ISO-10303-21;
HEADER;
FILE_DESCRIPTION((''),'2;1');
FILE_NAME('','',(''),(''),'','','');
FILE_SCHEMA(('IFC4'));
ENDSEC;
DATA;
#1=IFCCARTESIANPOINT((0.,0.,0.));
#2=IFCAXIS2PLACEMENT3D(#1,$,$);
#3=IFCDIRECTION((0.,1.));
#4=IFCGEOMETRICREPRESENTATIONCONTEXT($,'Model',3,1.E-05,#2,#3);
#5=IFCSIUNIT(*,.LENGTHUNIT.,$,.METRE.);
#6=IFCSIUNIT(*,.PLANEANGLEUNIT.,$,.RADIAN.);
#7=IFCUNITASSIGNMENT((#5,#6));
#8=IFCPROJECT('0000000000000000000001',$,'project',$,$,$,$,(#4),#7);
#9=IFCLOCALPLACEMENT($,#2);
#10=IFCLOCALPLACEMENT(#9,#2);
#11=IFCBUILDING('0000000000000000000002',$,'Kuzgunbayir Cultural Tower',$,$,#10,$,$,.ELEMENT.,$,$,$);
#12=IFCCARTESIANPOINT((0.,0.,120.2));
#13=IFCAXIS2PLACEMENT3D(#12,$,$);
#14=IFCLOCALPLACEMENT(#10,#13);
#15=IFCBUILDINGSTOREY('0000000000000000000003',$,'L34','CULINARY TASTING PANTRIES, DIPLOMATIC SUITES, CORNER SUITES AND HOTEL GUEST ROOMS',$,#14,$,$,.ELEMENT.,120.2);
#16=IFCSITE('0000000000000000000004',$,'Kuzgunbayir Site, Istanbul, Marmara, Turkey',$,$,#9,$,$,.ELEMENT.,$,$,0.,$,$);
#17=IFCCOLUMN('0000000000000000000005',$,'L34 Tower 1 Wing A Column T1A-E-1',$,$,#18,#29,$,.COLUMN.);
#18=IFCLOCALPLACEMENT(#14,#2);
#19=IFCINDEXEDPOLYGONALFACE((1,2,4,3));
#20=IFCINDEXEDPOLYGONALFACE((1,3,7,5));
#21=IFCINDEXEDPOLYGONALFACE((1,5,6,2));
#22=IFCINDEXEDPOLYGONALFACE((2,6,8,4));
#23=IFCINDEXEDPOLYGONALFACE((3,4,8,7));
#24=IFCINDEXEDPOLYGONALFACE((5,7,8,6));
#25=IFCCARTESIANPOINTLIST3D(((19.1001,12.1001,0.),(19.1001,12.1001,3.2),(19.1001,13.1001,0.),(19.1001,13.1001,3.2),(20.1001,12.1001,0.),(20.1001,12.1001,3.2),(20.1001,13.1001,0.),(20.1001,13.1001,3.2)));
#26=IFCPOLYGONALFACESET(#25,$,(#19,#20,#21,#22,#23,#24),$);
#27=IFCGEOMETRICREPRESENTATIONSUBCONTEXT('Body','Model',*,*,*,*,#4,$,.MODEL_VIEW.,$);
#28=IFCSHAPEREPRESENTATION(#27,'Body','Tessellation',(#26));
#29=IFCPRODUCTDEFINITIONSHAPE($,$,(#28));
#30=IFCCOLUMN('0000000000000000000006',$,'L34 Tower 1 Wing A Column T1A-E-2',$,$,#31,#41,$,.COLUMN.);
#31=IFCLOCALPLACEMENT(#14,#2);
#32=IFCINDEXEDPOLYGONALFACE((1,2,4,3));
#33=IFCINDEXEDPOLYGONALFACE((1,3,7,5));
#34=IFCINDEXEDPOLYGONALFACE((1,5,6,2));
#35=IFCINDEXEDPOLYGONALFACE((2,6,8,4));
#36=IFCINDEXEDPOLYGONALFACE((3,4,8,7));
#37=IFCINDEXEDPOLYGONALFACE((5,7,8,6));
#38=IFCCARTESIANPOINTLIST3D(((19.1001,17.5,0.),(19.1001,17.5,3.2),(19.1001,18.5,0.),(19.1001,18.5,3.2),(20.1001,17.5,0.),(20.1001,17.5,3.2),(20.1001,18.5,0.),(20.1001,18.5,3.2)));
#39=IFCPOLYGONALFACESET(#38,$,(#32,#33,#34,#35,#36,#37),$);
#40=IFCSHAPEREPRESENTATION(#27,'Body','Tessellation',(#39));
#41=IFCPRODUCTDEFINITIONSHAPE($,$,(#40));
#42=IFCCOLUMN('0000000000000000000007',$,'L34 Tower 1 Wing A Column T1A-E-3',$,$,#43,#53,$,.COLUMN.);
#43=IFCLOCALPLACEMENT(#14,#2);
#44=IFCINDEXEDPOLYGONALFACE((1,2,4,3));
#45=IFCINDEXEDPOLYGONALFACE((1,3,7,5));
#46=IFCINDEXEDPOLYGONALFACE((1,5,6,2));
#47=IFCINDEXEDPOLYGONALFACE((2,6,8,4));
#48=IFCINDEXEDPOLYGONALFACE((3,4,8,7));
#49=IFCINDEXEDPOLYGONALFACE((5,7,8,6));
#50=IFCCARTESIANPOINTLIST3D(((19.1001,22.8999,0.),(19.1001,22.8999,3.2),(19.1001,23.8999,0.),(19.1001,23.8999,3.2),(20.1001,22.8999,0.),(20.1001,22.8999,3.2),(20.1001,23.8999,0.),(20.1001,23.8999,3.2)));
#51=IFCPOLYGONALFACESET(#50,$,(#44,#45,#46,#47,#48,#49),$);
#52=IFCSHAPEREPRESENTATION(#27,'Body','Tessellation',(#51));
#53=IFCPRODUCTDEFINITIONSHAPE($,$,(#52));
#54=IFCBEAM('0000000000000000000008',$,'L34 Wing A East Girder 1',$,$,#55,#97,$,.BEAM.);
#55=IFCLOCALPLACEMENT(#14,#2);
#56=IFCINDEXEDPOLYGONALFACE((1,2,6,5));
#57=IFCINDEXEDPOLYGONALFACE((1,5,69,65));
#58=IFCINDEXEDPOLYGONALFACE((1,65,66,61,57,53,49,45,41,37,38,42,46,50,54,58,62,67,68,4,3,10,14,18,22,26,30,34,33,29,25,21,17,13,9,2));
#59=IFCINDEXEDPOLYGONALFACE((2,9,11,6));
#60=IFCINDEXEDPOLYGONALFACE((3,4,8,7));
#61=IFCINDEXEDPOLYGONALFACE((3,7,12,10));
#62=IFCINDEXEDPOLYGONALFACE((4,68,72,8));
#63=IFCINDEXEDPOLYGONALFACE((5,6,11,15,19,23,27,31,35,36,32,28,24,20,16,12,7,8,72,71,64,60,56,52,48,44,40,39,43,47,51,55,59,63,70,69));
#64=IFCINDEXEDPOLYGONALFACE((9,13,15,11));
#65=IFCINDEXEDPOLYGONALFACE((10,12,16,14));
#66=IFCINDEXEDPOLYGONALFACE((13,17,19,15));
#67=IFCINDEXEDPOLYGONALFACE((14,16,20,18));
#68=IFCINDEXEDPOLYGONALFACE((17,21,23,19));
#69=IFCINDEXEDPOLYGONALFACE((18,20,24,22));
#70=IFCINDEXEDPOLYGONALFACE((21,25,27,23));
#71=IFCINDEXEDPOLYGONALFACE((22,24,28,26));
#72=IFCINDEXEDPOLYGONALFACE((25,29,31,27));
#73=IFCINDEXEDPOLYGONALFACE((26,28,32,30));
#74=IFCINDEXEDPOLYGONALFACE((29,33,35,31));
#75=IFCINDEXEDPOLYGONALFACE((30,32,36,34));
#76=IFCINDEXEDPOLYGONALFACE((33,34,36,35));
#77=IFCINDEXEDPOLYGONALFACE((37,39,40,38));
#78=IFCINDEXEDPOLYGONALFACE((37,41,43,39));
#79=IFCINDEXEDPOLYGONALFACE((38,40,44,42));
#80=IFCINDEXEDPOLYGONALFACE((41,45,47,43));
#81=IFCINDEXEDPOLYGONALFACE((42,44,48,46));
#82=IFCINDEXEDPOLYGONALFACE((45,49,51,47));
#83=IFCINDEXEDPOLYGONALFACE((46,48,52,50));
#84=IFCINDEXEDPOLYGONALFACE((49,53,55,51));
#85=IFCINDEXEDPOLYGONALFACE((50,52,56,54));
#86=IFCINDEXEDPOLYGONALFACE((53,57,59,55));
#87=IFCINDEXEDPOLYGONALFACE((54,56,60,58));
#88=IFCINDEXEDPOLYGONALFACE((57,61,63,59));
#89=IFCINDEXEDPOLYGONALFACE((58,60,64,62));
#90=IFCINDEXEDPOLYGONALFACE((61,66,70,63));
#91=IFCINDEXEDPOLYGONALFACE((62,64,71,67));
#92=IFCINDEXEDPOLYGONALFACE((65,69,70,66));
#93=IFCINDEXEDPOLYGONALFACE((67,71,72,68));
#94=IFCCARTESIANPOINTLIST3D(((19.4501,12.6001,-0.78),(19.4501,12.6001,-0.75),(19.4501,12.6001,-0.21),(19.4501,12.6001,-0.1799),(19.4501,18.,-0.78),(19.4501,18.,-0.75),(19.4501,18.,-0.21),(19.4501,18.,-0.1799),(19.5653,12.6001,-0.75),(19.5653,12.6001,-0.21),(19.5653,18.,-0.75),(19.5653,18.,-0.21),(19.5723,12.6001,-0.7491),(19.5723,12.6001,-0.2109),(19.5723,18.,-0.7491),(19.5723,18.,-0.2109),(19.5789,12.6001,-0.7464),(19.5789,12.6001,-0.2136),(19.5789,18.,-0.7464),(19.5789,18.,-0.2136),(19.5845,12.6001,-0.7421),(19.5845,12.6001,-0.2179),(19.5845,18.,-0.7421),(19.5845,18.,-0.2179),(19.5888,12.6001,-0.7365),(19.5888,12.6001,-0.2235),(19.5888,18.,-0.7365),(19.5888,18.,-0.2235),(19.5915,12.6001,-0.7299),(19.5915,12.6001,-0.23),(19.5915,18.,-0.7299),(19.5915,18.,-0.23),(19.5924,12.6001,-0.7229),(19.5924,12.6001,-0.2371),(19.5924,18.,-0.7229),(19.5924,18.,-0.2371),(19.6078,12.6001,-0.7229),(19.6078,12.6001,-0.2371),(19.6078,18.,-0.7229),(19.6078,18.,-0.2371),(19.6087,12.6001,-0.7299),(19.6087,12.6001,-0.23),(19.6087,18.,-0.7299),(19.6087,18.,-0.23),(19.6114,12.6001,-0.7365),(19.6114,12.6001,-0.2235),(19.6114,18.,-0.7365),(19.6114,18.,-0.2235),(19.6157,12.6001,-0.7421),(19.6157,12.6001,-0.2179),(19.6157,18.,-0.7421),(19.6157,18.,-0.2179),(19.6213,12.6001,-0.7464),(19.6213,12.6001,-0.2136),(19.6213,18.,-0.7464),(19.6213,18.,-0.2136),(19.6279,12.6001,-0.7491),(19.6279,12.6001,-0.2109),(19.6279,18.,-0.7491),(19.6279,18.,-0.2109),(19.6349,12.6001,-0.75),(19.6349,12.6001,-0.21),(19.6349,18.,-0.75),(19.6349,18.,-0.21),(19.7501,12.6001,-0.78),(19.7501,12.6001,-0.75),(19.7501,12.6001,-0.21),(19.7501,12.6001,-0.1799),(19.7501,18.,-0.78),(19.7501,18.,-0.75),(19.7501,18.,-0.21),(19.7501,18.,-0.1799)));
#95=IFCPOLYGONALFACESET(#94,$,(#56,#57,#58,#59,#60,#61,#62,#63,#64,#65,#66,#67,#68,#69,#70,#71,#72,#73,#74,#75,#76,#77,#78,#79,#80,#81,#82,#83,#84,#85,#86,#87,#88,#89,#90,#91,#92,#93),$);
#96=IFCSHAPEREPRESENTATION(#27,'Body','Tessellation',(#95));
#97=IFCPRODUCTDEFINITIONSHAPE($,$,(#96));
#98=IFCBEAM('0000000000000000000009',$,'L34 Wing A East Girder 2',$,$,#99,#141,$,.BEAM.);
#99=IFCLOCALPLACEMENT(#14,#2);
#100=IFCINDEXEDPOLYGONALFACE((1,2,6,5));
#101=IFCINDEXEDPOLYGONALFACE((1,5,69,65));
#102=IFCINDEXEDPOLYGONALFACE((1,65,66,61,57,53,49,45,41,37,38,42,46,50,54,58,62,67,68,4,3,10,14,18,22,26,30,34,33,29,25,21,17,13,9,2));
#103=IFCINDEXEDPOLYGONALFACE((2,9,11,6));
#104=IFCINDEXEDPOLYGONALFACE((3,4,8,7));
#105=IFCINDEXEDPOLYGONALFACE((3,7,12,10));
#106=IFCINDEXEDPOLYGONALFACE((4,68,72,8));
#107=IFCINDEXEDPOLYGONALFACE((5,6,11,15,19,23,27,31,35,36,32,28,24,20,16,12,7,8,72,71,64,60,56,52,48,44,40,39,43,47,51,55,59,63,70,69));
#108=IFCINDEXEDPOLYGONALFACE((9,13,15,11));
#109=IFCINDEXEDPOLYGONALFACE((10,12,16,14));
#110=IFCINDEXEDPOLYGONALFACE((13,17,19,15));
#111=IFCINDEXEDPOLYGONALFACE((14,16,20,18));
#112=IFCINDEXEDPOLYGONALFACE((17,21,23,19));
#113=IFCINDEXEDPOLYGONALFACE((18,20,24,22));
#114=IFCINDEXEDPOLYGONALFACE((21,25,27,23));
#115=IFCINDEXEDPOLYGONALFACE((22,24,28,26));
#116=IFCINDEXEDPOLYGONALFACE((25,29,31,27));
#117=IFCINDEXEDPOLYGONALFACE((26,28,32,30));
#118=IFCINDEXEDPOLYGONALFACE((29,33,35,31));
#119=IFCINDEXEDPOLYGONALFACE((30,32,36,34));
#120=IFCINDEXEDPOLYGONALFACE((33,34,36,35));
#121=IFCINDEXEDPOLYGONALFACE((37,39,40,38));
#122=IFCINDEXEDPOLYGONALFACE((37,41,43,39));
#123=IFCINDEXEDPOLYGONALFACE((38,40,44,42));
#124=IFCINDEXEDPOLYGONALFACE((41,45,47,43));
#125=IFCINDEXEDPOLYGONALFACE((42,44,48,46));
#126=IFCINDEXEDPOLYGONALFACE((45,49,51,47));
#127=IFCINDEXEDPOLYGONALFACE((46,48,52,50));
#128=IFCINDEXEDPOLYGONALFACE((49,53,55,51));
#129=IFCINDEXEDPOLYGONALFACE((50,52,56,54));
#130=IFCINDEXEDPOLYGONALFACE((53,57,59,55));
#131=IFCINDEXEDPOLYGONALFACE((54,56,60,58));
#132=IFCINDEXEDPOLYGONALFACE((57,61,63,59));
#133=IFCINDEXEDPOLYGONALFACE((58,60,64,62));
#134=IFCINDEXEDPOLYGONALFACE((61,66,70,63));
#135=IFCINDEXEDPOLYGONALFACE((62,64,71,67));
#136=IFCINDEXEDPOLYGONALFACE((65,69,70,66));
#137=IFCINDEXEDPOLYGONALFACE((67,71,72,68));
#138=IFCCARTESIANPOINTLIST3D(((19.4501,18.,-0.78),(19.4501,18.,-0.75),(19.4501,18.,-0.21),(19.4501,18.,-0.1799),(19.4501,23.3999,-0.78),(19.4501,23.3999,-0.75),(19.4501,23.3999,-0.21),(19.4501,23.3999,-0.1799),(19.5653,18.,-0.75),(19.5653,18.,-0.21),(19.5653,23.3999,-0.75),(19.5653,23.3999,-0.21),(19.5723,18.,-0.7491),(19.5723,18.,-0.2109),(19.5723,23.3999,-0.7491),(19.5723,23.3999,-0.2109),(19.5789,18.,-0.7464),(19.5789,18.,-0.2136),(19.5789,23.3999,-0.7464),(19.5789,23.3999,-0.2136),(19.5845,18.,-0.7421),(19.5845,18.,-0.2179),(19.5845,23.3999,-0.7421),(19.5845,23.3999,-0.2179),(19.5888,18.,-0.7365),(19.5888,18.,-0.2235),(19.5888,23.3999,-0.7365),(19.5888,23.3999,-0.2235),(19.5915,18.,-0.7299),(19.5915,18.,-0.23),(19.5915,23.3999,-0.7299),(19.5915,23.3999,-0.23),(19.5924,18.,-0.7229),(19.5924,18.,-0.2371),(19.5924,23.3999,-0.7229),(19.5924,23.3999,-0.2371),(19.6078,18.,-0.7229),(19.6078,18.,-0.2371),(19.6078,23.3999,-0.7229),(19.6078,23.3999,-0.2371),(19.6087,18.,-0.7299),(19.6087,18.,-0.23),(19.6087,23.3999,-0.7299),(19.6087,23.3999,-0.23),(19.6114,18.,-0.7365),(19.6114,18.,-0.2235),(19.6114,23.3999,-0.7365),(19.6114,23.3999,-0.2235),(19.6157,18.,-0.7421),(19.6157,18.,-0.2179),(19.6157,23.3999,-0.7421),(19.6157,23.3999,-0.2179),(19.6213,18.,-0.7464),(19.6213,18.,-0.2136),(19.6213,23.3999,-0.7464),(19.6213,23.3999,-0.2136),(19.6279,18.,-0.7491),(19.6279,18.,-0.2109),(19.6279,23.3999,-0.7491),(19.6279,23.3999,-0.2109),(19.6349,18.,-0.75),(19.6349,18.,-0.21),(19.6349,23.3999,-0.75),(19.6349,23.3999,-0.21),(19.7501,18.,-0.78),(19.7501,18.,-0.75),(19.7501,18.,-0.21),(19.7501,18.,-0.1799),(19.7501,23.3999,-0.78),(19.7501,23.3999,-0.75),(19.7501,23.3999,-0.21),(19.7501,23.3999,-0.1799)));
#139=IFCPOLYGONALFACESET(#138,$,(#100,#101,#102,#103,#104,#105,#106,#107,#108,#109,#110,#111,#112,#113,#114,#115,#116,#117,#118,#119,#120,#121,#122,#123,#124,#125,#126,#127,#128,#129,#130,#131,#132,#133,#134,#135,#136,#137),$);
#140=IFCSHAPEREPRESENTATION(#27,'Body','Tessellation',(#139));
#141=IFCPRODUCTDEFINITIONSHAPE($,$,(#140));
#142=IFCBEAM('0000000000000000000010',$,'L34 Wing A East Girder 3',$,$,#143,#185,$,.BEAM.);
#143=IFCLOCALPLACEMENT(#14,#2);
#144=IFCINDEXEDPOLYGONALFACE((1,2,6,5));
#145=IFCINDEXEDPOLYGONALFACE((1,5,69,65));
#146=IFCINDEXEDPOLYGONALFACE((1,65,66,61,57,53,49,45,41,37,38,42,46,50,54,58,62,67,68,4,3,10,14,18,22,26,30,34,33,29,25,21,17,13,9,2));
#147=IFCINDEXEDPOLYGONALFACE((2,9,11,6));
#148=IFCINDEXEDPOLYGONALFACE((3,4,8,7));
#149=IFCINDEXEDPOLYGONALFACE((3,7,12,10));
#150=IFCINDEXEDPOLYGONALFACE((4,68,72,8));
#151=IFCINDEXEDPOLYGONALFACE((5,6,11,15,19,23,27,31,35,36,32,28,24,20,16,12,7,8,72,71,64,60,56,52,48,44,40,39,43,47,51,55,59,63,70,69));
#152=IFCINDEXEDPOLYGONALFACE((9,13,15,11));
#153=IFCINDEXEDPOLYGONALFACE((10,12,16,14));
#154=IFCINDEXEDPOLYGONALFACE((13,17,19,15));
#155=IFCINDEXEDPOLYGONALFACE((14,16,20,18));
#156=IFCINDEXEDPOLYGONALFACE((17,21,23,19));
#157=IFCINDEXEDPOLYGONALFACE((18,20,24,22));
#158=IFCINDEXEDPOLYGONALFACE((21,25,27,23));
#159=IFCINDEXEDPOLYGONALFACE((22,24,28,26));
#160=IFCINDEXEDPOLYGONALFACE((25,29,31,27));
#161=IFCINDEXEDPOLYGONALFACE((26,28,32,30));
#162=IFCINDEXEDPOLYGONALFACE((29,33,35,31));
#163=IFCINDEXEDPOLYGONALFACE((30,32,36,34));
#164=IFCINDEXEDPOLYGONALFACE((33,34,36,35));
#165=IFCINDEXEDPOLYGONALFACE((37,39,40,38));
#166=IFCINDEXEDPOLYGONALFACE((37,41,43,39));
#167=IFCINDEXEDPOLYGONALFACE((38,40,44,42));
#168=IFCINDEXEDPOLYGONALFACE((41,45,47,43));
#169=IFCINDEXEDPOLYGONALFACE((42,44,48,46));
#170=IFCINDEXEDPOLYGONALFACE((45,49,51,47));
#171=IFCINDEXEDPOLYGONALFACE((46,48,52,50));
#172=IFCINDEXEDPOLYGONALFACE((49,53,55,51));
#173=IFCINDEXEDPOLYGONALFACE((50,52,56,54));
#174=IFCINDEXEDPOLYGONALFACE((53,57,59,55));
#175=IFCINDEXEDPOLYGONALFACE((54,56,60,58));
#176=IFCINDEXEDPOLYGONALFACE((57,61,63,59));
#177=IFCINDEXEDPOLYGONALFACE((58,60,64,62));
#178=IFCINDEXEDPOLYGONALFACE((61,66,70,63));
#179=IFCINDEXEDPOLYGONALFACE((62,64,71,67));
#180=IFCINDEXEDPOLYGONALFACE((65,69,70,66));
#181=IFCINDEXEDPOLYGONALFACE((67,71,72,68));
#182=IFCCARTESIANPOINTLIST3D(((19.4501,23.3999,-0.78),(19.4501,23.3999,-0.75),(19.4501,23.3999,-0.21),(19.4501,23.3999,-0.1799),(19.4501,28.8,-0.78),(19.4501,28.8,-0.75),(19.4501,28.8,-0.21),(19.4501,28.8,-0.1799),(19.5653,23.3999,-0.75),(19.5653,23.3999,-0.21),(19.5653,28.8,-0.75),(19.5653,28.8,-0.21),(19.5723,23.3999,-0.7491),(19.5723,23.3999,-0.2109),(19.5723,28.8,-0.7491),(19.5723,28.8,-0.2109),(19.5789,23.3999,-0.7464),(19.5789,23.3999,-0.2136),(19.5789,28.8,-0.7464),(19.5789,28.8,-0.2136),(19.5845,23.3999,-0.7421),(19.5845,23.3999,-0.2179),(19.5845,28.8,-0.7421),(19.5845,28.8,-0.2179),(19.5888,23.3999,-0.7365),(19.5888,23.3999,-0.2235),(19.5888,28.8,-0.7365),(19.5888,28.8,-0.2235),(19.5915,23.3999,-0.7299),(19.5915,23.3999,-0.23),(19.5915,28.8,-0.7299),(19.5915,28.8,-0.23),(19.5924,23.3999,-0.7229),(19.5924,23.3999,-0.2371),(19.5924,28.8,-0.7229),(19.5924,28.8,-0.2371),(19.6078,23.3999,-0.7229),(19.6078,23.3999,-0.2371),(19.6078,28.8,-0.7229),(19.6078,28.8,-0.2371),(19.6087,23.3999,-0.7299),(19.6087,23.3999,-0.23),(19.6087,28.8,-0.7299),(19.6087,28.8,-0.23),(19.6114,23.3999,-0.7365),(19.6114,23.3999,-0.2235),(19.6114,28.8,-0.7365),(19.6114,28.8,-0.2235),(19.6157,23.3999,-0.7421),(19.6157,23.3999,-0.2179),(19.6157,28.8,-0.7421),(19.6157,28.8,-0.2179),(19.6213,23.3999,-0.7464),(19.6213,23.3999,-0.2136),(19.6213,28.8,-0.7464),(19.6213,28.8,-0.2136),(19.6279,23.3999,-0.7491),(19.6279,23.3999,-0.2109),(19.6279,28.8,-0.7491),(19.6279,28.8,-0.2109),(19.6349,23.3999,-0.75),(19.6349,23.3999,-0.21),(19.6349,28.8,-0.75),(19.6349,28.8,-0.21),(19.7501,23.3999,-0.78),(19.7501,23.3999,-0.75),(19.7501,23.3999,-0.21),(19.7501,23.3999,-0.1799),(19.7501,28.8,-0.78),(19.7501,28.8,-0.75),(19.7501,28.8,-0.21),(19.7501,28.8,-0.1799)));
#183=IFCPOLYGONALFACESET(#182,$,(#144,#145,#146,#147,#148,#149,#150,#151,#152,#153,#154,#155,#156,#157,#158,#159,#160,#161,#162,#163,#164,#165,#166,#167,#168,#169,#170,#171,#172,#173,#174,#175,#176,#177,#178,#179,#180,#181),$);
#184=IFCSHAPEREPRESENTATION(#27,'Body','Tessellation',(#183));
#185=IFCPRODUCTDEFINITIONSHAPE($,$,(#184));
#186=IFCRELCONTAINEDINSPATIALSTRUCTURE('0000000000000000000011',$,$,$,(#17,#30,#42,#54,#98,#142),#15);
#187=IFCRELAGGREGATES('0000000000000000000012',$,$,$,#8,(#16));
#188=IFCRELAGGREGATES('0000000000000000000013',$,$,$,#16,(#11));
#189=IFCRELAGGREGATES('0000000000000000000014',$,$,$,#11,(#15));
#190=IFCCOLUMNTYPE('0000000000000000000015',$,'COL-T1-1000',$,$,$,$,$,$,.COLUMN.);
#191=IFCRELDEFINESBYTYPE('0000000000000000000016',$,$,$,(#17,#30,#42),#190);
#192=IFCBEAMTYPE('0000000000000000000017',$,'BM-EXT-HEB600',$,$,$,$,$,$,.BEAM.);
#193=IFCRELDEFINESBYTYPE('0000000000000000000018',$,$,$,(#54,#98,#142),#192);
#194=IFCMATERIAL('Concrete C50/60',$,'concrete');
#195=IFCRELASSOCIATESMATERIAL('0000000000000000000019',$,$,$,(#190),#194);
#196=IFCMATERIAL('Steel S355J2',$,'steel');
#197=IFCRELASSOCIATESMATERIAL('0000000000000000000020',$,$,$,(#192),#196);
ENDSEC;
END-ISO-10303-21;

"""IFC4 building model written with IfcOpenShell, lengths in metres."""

from ifc_helpers import new_model, si_unit, direction, frame, origin, origin_2d, place, context, subcontext, project, spatial, rectangle, i_section, extrude, material, material_profile, profile_set, type_object, element, save


model = new_model("IFC4")

# Units and contexts
model_context = context("Model", 3, precision=1e-05, world=origin(), true_north=direction((0.0, 1.0)))
body_context = subcontext(model_context, "Body", "Model", "MODEL_VIEW")
ifc_project = project(units=[si_unit("LENGTHUNIT", "METRE"), si_unit("PLANEANGLEUNIT", "RADIAN")], contexts=[model_context])

# Site, building, storey
site_placement = place(None, origin())
site = spatial("IfcSite", under=ifc_project, at=site_placement, Name="Kuzgunbayir Site, Istanbul, Marmara, Turkey", CompositionType="ELEMENT", RefElevation=0.0)
building_placement = place(site_placement, origin())
building = spatial("IfcBuilding", under=site, at=building_placement, Name="Kuzgunbayir Cultural Tower", CompositionType="ELEMENT")
storey_placement = place(building_placement, frame((0.0, 0.0, 120.2)))
storey = spatial("IfcBuildingStorey", under=building, at=storey_placement, Name="L34", Description="CULINARY TASTING PANTRIES, DIPLOMATIC SUITES, CORNER SUITES AND HOTEL GUEST ROOMS", CompositionType="ELEMENT", Elevation=120.2)

# Columns
ifc_material_1 = material(Name="Concrete C50/60", Category="concrete")
ifc_material_profile_1 = material_profile(ifc_material_1, rectangle(XDim=1.0, YDim=1.0, at=origin_2d()), Name="RC 1000x1000")
ifc_profile_set_1 = profile_set([ifc_material_profile_1], Name="Concrete C50/60")
column_type = type_object("IfcColumnType", Name="COL-T1-1000", PredefinedType="COLUMN", material=ifc_profile_set_1)
for number, where, z_axis, x_axis, name in (
    (1, (19.6001, 12.6001, 0.0), (0.0, 0.0, 1.0), (1.0, 0.0, 0.0), "L34 Tower 1 Wing A Column T1A-E-1"),
    (2, (19.6001, 18.0, 0.0), (0.0, 0.0, 1.0), (1.0, 0.0, 0.0), "L34 Tower 1 Wing A Column T1A-E-2"),
    (3, (19.6001, 23.3999, 0.0), (0.0, 0.0, 1.0), (1.0, 0.0, 0.0), "L34 Tower 1 Wing A Column T1A-E-3"),
):
    element("IfcColumn", number, at=place(storey_placement, frame(where, z_axis=z_axis, x_axis=x_axis)), inside=storey, type_object=column_type, Name=name, PredefinedType="COLUMN", context=body_context, shape_type="SweptSolid", body=[
        extrude(rectangle(XDim=1.0, YDim=1.0, at=origin_2d()), origin(), (0.0, 0.0, 1.0), 3.2),
    ])

# Beams
ifc_material_2 = material(Name="Steel S355J2", Category="steel")
ifc_material_profile_2 = material_profile(ifc_material_2, i_section(OverallWidth=0.3, OverallDepth=0.6001, WebThickness=0.0154, FlangeThickness=0.03, FilletRadius=0.0271, at=origin_2d()), Name="HEB 600")
ifc_profile_set_2 = profile_set([ifc_material_profile_2], Name="Steel S355J2")
beam_type = type_object("IfcBeamType", Name="BM-EXT-HEB600", PredefinedType="BEAM", material=ifc_profile_set_2)
for number, where, z_axis, x_axis, name in (
    (4, (19.6001, 12.6001, -0.48), (0.0, 1.0, 0.0), (-1.0, 0.0, 0.0), "L34 Wing A East Girder 1"),
    (5, (19.6001, 18.0, -0.48), (0.0, 1.0, 0.0), (-1.0, 0.0, 0.0), "L34 Wing A East Girder 2"),
):
    element("IfcBeam", number, at=place(storey_placement, frame(where, z_axis=z_axis, x_axis=x_axis)), inside=storey, type_object=beam_type, Name=name, PredefinedType="BEAM", context=body_context, shape_type="SweptSolid", body=[
        extrude(i_section(OverallWidth=0.3, OverallDepth=0.6001, WebThickness=0.0154, FlangeThickness=0.03, FilletRadius=0.0271, at=origin_2d()), origin(), (0.0, 0.0, 1.0), 5.3999),
    ])
beam_placement = place(storey_placement, frame((19.6001, 23.3999, -0.48), z_axis=(0.0, 1.0, 0.0), x_axis=(-1.0, 0.0, 0.0)))
element("IfcBeam", 6, at=beam_placement, inside=storey, type_object=beam_type, Name="L34 Wing A East Girder 3", PredefinedType="BEAM", context=body_context, shape_type="SweptSolid", body=[
    extrude(i_section(OverallWidth=0.3, OverallDepth=0.6001, WebThickness=0.0154, FlangeThickness=0.03, FilletRadius=0.0271, at=origin_2d()), origin(), (0.0, 0.0, 1.0), 5.4001),
])

save(model, "model.ifc")
